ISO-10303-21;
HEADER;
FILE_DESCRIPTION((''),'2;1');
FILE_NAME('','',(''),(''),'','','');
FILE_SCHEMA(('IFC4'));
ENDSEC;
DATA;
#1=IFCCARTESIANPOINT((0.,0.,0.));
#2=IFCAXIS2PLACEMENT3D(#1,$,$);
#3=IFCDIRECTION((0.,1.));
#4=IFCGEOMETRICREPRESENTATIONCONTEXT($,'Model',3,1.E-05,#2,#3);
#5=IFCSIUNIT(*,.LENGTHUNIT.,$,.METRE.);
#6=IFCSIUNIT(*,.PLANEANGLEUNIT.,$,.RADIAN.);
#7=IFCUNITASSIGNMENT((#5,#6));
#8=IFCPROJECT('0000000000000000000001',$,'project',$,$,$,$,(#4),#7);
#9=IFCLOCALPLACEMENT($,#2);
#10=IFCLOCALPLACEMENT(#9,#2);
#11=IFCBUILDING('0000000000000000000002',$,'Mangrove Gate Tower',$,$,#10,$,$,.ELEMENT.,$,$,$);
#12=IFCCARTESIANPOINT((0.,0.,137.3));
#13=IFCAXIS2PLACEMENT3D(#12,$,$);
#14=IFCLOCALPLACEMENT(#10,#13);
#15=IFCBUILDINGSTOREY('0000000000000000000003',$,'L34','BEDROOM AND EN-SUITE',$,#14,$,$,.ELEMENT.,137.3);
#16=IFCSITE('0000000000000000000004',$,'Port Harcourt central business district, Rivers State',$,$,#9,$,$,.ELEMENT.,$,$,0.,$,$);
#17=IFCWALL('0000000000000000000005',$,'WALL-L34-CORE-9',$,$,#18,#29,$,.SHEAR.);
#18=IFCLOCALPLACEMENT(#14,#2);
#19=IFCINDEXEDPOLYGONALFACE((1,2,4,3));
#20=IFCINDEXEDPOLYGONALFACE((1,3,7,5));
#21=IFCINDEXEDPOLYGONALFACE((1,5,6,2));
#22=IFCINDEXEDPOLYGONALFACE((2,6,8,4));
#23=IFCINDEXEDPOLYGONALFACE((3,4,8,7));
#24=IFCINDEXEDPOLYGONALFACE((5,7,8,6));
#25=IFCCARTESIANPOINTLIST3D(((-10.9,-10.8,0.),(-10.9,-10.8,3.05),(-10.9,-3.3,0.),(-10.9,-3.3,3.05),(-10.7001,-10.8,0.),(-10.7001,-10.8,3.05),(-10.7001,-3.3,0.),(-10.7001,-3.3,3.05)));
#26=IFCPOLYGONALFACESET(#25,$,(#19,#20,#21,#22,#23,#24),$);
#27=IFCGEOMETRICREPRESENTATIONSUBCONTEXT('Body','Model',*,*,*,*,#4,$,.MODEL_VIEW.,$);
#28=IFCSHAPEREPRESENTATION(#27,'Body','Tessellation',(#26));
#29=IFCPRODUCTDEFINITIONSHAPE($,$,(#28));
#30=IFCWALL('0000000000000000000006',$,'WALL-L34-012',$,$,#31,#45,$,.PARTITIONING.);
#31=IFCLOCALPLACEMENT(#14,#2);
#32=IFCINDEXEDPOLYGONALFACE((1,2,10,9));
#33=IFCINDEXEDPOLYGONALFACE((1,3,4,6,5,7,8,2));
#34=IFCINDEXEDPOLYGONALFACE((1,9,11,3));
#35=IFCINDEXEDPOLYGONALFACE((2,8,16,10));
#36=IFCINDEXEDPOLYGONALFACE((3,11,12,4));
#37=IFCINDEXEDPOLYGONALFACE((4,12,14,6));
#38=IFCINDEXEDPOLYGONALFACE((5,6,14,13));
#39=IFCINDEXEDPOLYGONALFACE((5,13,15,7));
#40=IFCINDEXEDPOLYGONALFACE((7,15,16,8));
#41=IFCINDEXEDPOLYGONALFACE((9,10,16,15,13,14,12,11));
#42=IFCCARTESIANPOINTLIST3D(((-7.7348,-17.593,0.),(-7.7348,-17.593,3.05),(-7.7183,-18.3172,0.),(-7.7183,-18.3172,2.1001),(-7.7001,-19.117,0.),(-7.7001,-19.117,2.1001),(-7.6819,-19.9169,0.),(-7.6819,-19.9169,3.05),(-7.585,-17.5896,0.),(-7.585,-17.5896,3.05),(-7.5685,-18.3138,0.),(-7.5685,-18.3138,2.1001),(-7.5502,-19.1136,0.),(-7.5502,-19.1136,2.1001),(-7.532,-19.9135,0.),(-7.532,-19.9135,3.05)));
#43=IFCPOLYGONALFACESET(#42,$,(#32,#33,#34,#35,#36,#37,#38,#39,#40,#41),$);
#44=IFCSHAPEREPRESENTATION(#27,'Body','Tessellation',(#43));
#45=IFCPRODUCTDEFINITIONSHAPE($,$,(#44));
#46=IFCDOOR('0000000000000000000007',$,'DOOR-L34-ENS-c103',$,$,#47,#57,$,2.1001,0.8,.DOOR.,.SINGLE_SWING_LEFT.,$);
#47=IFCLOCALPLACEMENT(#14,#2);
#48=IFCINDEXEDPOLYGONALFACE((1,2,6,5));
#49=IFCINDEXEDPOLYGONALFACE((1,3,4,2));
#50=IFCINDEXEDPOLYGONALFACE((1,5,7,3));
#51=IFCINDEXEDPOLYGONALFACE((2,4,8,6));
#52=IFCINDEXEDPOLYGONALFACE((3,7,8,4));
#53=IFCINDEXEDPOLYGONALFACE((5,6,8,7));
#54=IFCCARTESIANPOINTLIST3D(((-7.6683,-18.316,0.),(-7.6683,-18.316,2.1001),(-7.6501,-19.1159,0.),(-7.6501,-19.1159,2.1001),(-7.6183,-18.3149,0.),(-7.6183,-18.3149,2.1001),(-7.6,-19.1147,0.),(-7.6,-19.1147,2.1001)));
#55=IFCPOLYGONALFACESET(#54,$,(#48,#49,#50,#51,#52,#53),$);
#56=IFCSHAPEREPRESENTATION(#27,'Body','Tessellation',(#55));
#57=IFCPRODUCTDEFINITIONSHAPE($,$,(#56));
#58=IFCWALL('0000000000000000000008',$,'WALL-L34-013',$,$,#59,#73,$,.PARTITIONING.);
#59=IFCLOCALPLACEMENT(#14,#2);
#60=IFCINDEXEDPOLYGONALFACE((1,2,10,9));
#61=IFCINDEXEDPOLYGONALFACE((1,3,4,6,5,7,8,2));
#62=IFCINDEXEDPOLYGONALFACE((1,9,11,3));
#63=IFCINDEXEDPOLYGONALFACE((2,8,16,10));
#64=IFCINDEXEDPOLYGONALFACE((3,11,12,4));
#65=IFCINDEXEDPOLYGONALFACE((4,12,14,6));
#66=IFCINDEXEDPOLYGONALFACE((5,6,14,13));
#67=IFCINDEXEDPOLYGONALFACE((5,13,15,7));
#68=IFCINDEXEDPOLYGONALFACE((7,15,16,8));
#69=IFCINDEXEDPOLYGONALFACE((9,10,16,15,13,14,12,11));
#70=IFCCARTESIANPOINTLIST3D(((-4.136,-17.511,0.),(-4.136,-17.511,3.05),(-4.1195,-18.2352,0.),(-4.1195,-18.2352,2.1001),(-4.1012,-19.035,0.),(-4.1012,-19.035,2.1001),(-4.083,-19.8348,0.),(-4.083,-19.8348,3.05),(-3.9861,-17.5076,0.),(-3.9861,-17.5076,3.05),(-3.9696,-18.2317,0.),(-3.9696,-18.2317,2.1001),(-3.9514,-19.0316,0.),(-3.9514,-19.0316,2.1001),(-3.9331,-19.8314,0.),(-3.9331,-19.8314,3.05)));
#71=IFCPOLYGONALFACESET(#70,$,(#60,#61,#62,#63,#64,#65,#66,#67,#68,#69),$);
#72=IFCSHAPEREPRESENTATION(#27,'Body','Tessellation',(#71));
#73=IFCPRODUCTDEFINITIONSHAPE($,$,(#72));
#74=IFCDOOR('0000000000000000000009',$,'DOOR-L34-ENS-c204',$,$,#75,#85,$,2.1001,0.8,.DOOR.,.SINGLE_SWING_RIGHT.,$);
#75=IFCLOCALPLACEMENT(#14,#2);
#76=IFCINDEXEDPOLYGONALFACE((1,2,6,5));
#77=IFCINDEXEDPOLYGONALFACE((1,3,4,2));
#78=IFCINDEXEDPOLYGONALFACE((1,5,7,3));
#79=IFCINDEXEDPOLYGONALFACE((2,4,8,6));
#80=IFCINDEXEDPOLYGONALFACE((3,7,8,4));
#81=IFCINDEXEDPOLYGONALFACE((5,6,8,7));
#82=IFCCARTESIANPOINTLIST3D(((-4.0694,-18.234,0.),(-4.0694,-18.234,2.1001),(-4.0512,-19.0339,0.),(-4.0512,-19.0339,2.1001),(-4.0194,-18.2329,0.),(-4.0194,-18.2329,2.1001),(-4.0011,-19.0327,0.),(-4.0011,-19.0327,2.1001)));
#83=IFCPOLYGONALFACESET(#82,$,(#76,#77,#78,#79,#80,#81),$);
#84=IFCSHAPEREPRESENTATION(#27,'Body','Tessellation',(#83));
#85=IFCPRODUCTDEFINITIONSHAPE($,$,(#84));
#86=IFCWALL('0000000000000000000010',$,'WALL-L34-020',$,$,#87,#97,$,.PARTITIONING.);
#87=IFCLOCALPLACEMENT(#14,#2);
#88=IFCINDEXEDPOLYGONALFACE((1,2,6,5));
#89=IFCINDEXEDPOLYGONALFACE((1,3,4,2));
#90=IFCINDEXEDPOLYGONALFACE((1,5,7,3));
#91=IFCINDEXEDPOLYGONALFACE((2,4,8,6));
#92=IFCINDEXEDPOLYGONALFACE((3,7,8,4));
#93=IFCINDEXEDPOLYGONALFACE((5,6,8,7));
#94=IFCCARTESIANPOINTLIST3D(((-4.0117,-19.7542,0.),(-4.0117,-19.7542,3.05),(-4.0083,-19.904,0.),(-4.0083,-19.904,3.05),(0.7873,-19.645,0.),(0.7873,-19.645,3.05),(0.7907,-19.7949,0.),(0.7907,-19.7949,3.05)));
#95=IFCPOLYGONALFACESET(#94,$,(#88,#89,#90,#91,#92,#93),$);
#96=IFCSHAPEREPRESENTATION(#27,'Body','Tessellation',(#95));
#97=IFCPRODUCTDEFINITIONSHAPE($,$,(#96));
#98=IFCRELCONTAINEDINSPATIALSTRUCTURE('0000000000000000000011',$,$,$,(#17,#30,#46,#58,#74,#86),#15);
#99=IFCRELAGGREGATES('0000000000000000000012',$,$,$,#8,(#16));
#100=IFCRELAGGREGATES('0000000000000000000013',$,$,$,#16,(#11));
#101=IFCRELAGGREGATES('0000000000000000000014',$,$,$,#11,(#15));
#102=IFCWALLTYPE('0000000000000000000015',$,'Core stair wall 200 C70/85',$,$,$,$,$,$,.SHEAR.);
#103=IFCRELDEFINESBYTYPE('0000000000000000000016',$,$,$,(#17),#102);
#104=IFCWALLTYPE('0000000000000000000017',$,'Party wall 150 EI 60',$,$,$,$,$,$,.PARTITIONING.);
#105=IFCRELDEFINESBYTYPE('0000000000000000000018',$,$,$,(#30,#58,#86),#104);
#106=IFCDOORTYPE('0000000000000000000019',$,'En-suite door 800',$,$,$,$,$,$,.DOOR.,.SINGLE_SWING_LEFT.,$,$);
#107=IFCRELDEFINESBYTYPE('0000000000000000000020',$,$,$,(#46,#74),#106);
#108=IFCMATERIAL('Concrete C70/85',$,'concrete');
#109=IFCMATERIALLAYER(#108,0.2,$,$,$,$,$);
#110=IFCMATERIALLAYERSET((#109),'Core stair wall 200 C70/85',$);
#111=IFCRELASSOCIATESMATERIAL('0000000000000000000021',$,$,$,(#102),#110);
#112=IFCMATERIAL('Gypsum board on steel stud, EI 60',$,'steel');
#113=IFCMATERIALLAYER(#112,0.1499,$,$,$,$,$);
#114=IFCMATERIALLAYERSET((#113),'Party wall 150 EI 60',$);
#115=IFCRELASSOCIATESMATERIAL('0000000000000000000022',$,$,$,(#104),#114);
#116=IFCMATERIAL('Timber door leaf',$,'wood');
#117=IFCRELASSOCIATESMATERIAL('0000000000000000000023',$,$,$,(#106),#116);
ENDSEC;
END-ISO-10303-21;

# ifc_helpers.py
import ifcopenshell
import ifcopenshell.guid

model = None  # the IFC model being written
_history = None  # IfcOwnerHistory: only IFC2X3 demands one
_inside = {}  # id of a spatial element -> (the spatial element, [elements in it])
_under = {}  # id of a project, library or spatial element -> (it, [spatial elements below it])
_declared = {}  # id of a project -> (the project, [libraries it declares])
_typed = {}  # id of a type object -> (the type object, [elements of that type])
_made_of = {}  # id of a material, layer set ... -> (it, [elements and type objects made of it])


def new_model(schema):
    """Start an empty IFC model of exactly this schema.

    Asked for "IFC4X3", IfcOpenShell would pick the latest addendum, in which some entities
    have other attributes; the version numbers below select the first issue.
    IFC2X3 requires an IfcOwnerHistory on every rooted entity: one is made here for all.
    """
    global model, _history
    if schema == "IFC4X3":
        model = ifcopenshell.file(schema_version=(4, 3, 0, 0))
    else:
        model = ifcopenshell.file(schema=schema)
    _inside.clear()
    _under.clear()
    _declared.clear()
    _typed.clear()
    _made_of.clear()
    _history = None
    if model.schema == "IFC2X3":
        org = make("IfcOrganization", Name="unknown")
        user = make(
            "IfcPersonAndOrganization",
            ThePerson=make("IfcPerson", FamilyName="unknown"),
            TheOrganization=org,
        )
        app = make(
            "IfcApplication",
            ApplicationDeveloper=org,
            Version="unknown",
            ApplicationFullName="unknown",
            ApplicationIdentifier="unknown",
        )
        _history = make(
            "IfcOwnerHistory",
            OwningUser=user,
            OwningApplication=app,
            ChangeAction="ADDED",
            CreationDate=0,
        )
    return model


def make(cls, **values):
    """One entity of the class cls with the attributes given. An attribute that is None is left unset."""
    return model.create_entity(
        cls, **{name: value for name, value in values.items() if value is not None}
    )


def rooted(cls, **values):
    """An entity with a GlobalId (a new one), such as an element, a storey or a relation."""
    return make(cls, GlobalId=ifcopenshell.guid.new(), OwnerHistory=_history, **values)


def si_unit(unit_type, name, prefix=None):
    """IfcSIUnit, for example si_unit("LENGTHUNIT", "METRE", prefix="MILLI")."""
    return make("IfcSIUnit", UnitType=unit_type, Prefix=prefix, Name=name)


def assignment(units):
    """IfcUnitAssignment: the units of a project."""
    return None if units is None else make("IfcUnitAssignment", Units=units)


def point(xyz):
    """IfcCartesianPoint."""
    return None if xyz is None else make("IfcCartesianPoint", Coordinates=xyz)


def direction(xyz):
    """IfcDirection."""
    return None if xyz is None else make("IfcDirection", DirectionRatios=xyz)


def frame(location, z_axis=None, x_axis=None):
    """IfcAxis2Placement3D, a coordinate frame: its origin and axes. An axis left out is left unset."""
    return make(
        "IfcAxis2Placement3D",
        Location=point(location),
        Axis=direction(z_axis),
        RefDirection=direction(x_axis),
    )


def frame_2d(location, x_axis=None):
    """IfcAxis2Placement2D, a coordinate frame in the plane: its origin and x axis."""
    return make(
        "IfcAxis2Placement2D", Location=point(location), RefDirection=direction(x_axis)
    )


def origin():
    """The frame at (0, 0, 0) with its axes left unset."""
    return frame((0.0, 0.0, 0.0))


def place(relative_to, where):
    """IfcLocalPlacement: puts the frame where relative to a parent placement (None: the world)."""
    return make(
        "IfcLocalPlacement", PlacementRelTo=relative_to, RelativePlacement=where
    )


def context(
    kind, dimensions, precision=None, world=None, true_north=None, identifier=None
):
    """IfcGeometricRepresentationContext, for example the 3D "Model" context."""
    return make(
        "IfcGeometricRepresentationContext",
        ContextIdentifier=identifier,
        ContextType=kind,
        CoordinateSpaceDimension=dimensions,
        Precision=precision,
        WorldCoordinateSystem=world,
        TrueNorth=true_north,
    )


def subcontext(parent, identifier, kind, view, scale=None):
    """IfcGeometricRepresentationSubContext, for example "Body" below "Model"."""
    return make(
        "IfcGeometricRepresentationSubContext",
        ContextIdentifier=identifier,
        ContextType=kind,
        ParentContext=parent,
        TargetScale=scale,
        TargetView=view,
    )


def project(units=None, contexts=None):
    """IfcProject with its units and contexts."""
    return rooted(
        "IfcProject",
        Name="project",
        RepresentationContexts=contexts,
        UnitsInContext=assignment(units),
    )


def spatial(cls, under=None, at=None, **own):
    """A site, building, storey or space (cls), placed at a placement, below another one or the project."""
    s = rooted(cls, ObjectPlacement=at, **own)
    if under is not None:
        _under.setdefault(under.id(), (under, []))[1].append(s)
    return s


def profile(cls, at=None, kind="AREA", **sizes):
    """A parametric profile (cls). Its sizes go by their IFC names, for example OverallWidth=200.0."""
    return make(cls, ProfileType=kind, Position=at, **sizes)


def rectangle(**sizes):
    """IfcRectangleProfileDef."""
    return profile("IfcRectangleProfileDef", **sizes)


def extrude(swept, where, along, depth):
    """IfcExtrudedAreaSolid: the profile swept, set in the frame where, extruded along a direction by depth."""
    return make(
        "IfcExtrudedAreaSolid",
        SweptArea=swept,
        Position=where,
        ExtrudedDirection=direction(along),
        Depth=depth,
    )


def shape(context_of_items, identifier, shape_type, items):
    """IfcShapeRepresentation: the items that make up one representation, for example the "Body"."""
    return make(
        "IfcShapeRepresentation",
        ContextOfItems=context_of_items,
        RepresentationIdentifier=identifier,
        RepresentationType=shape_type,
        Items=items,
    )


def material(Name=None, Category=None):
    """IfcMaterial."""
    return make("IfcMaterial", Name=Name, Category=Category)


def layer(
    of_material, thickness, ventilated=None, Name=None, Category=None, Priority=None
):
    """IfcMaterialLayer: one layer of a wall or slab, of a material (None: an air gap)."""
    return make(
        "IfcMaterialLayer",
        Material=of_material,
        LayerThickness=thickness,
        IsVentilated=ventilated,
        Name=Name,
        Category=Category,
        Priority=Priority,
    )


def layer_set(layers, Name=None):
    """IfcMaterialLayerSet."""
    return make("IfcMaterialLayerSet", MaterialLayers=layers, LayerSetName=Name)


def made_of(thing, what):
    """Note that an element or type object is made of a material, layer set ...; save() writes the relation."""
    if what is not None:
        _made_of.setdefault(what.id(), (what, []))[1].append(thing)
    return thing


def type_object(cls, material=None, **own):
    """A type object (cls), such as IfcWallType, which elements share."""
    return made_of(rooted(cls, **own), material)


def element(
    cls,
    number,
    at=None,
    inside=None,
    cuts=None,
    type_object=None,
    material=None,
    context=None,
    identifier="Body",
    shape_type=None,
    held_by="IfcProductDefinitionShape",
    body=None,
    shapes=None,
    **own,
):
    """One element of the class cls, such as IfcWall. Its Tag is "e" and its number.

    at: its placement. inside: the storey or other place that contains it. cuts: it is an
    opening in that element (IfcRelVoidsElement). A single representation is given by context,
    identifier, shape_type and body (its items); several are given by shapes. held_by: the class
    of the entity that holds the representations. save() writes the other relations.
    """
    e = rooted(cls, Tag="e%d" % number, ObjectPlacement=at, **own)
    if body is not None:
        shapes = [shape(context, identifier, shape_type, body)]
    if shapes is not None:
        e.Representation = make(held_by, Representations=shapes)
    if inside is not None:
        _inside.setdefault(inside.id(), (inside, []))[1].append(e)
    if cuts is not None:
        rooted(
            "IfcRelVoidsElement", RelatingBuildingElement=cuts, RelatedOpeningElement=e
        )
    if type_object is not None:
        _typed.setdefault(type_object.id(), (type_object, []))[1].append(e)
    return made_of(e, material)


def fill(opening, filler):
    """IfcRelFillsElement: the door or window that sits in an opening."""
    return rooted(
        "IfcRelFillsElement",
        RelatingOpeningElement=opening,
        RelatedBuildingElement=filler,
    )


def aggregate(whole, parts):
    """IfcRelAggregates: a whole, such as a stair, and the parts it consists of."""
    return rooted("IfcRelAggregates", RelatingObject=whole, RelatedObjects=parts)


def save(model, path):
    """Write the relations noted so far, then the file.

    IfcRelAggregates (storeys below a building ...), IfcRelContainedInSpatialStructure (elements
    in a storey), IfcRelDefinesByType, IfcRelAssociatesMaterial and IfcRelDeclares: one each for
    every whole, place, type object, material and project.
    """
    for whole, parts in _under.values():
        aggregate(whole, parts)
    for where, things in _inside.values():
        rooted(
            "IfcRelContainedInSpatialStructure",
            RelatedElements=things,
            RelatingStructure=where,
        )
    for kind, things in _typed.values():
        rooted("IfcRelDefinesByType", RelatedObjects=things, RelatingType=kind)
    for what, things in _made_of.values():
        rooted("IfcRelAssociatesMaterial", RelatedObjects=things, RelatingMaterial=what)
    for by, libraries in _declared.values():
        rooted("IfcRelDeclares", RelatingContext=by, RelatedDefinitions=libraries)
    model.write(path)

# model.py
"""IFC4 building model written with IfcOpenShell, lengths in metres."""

from ifc_helpers import new_model, si_unit, direction, frame, frame_2d, origin, place, context, subcontext, project, spatial, rectangle, extrude, material, layer, layer_set, type_object, element, fill, save


model = new_model("IFC4")

# Units and contexts
model_context = context("Model", 3, precision=1e-05, world=origin(), true_north=direction((0.0, 1.0)))
body_context = subcontext(model_context, "Body", "Model", "MODEL_VIEW")
ifc_project = project(units=[si_unit("LENGTHUNIT", "METRE"), si_unit("PLANEANGLEUNIT", "RADIAN")], contexts=[model_context])

# Site, building, storey
site_placement = place(None, origin())
site = spatial("IfcSite", under=ifc_project, at=site_placement, Name="Port Harcourt central business district, Rivers State", CompositionType="ELEMENT", RefElevation=0.0)
building_placement = place(site_placement, origin())
building = spatial("IfcBuilding", under=site, at=building_placement, Name="Mangrove Gate Tower", CompositionType="ELEMENT")
storey_placement = place(building_placement, frame((0.0, 0.0, 137.3)))
storey = spatial("IfcBuildingStorey", under=building, at=storey_placement, Name="L34", Description="BEDROOM AND EN-SUITE", CompositionType="ELEMENT", Elevation=137.3)

# Wall
ifc_material_1 = material(Name="Concrete C70/85", Category="concrete")
ifc_layer_1 = layer(ifc_material_1, 0.2)
ifc_layer_set_1 = layer_set([ifc_layer_1], Name="Core stair wall 200 C70/85")
wall_type_1 = type_object("IfcWallType", Name="Core stair wall 200 C70/85", PredefinedType="SHEAR", material=ifc_layer_set_1)
wall_1_placement = place(storey_placement, frame((-10.8, -10.8, 0.0), z_axis=(0.0, 0.0, 1.0), x_axis=(0.0, 1.0, 0.0)))
element("IfcWall", 1, at=wall_1_placement, inside=storey, type_object=wall_type_1, Name="WALL-L34-CORE-9", PredefinedType="SHEAR", context=body_context, shape_type="SweptSolid", body=[
    extrude(rectangle(XDim=7.5, YDim=0.2, at=frame_2d((3.75, 0.0))), origin(), (0.0, 0.0, 1.0), 3.05),
])

# Walls, openings, doors
ifc_material_2 = material(Name="Gypsum board on steel stud, EI 60", Category="steel")
ifc_layer_2 = layer(ifc_material_2, 0.1499)
ifc_layer_set_2 = layer_set([ifc_layer_2], Name="Party wall 150 EI 60")
wall_type_2 = type_object("IfcWallType", Name="Party wall 150 EI 60", PredefinedType="PARTITIONING", material=ifc_layer_set_2)
wall_2_placement = place(storey_placement, frame((-7.6069, -19.915, 0.0), z_axis=(0.0, 0.0, 1.0), x_axis=(-0.022791, 0.99974, 0.0)))
wall_2 = element("IfcWall", 2, at=wall_2_placement, inside=storey, type_object=wall_type_2, Name="WALL-L34-012", PredefinedType="PARTITIONING", context=body_context, shape_type="SweptSolid", body=[
    extrude(rectangle(XDim=2.3245, YDim=0.1499, at=frame_2d((1.1621, 0.0))), origin(), (0.0, 0.0, 1.0), 3.05),
])
opening_1_placement = place(wall_2_placement, frame((0.8, 0.0, 0.0)))
opening_1 = element("IfcOpeningElement", 3, at=opening_1_placement, cuts=wall_2, PredefinedType="OPENING", context=body_context, shape_type="SweptSolid", body=[
    extrude(rectangle(XDim=0.8, YDim=2.1001, at=frame_2d((0.3999, 1.05))), frame((0.0, 0.085, 0.0), z_axis=(0.0, -1.0, 0.0), x_axis=(1.0, 0.0, 0.0)), (0.0, 0.0, 1.0), 0.1699),
])
ifc_material_3 = material(Name="Timber door leaf", Category="wood")
door_type = type_object("IfcDoorType", Name="En-suite door 800", OperationType="SINGLE_SWING_LEFT", PredefinedType="DOOR", material=ifc_material_3)
door_1_placement = place(opening_1_placement, origin())
door_1 = element("IfcDoor", 4, at=door_1_placement, inside=storey, type_object=door_type, Name="DOOR-L34-ENS-c103", OperationType="SINGLE_SWING_LEFT", OverallHeight=2.1001, OverallWidth=0.8, PredefinedType="DOOR", context=body_context, shape_type="SweptSolid", body=[
    extrude(rectangle(XDim=0.8, YDim=2.1001, at=frame_2d((0.3999, 1.05))), frame((0.0, 0.0249, 0.0), z_axis=(0.0, -1.0, 0.0), x_axis=(1.0, 0.0, 0.0)), (0.0, 0.0, 1.0), 0.05),
])
fill(opening_1, door_1)
wall_3_placement = place(storey_placement, frame((-4.0081, -19.833, 0.0), z_axis=(0.0, 0.0, 1.0), x_axis=(-0.022791, 0.99974, 0.0)))
wall_3 = element("IfcWall", 5, at=wall_3_placement, inside=storey, type_object=wall_type_2, Name="WALL-L34-013", PredefinedType="PARTITIONING", context=body_context, shape_type="SweptSolid", body=[
    extrude(rectangle(XDim=2.3245, YDim=0.1499, at=frame_2d((1.1621, 0.0))), origin(), (0.0, 0.0, 1.0), 3.05),
])
opening_2_placement = place(wall_3_placement, frame((0.8, 0.0, 0.0)))
opening_2 = element("IfcOpeningElement", 6, at=opening_2_placement, cuts=wall_3, PredefinedType="OPENING", context=body_context, shape_type="SweptSolid", body=[
    extrude(rectangle(XDim=0.8, YDim=2.1001, at=frame_2d((0.3999, 1.05))), frame((0.0, 0.085, 0.0), z_axis=(0.0, -1.0, 0.0), x_axis=(1.0, 0.0, 0.0)), (0.0, 0.0, 1.0), 0.1699),
])
door_2_placement = place(opening_2_placement, origin())
door_2 = element("IfcDoor", 7, at=door_2_placement, inside=storey, type_object=door_type, Name="DOOR-L34-ENS-c204", OperationType="SINGLE_SWING_RIGHT", OverallHeight=2.1001, OverallWidth=0.8, PredefinedType="DOOR", context=body_context, shape_type="SweptSolid", body=[
    extrude(rectangle(XDim=0.8, YDim=2.1001, at=frame_2d((0.3999, 1.05))), frame((0.0, 0.0249, 0.0), z_axis=(0.0, -1.0, 0.0), x_axis=(1.0, 0.0, 0.0)), (0.0, 0.0, 1.0), 0.05),
])
fill(opening_2, door_2)

# Wall
wall_4_placement = place(storey_placement, frame((-4.01, -19.8291, 0.0), z_axis=(0.0, 0.0, 1.0), x_axis=(0.999742, 0.022734, 0.0)))
element("IfcWall", 8, at=wall_4_placement, inside=storey, type_object=wall_type_2, Name="WALL-L34-020", PredefinedType="PARTITIONING", context=body_context, shape_type="SweptSolid", body=[
    extrude(rectangle(XDim=4.8003, YDim=0.1499, at=frame_2d((2.4001, 0.0))), origin(), (0.0, 0.0, 1.0), 3.05),
])

save(model, "model.ifc")
